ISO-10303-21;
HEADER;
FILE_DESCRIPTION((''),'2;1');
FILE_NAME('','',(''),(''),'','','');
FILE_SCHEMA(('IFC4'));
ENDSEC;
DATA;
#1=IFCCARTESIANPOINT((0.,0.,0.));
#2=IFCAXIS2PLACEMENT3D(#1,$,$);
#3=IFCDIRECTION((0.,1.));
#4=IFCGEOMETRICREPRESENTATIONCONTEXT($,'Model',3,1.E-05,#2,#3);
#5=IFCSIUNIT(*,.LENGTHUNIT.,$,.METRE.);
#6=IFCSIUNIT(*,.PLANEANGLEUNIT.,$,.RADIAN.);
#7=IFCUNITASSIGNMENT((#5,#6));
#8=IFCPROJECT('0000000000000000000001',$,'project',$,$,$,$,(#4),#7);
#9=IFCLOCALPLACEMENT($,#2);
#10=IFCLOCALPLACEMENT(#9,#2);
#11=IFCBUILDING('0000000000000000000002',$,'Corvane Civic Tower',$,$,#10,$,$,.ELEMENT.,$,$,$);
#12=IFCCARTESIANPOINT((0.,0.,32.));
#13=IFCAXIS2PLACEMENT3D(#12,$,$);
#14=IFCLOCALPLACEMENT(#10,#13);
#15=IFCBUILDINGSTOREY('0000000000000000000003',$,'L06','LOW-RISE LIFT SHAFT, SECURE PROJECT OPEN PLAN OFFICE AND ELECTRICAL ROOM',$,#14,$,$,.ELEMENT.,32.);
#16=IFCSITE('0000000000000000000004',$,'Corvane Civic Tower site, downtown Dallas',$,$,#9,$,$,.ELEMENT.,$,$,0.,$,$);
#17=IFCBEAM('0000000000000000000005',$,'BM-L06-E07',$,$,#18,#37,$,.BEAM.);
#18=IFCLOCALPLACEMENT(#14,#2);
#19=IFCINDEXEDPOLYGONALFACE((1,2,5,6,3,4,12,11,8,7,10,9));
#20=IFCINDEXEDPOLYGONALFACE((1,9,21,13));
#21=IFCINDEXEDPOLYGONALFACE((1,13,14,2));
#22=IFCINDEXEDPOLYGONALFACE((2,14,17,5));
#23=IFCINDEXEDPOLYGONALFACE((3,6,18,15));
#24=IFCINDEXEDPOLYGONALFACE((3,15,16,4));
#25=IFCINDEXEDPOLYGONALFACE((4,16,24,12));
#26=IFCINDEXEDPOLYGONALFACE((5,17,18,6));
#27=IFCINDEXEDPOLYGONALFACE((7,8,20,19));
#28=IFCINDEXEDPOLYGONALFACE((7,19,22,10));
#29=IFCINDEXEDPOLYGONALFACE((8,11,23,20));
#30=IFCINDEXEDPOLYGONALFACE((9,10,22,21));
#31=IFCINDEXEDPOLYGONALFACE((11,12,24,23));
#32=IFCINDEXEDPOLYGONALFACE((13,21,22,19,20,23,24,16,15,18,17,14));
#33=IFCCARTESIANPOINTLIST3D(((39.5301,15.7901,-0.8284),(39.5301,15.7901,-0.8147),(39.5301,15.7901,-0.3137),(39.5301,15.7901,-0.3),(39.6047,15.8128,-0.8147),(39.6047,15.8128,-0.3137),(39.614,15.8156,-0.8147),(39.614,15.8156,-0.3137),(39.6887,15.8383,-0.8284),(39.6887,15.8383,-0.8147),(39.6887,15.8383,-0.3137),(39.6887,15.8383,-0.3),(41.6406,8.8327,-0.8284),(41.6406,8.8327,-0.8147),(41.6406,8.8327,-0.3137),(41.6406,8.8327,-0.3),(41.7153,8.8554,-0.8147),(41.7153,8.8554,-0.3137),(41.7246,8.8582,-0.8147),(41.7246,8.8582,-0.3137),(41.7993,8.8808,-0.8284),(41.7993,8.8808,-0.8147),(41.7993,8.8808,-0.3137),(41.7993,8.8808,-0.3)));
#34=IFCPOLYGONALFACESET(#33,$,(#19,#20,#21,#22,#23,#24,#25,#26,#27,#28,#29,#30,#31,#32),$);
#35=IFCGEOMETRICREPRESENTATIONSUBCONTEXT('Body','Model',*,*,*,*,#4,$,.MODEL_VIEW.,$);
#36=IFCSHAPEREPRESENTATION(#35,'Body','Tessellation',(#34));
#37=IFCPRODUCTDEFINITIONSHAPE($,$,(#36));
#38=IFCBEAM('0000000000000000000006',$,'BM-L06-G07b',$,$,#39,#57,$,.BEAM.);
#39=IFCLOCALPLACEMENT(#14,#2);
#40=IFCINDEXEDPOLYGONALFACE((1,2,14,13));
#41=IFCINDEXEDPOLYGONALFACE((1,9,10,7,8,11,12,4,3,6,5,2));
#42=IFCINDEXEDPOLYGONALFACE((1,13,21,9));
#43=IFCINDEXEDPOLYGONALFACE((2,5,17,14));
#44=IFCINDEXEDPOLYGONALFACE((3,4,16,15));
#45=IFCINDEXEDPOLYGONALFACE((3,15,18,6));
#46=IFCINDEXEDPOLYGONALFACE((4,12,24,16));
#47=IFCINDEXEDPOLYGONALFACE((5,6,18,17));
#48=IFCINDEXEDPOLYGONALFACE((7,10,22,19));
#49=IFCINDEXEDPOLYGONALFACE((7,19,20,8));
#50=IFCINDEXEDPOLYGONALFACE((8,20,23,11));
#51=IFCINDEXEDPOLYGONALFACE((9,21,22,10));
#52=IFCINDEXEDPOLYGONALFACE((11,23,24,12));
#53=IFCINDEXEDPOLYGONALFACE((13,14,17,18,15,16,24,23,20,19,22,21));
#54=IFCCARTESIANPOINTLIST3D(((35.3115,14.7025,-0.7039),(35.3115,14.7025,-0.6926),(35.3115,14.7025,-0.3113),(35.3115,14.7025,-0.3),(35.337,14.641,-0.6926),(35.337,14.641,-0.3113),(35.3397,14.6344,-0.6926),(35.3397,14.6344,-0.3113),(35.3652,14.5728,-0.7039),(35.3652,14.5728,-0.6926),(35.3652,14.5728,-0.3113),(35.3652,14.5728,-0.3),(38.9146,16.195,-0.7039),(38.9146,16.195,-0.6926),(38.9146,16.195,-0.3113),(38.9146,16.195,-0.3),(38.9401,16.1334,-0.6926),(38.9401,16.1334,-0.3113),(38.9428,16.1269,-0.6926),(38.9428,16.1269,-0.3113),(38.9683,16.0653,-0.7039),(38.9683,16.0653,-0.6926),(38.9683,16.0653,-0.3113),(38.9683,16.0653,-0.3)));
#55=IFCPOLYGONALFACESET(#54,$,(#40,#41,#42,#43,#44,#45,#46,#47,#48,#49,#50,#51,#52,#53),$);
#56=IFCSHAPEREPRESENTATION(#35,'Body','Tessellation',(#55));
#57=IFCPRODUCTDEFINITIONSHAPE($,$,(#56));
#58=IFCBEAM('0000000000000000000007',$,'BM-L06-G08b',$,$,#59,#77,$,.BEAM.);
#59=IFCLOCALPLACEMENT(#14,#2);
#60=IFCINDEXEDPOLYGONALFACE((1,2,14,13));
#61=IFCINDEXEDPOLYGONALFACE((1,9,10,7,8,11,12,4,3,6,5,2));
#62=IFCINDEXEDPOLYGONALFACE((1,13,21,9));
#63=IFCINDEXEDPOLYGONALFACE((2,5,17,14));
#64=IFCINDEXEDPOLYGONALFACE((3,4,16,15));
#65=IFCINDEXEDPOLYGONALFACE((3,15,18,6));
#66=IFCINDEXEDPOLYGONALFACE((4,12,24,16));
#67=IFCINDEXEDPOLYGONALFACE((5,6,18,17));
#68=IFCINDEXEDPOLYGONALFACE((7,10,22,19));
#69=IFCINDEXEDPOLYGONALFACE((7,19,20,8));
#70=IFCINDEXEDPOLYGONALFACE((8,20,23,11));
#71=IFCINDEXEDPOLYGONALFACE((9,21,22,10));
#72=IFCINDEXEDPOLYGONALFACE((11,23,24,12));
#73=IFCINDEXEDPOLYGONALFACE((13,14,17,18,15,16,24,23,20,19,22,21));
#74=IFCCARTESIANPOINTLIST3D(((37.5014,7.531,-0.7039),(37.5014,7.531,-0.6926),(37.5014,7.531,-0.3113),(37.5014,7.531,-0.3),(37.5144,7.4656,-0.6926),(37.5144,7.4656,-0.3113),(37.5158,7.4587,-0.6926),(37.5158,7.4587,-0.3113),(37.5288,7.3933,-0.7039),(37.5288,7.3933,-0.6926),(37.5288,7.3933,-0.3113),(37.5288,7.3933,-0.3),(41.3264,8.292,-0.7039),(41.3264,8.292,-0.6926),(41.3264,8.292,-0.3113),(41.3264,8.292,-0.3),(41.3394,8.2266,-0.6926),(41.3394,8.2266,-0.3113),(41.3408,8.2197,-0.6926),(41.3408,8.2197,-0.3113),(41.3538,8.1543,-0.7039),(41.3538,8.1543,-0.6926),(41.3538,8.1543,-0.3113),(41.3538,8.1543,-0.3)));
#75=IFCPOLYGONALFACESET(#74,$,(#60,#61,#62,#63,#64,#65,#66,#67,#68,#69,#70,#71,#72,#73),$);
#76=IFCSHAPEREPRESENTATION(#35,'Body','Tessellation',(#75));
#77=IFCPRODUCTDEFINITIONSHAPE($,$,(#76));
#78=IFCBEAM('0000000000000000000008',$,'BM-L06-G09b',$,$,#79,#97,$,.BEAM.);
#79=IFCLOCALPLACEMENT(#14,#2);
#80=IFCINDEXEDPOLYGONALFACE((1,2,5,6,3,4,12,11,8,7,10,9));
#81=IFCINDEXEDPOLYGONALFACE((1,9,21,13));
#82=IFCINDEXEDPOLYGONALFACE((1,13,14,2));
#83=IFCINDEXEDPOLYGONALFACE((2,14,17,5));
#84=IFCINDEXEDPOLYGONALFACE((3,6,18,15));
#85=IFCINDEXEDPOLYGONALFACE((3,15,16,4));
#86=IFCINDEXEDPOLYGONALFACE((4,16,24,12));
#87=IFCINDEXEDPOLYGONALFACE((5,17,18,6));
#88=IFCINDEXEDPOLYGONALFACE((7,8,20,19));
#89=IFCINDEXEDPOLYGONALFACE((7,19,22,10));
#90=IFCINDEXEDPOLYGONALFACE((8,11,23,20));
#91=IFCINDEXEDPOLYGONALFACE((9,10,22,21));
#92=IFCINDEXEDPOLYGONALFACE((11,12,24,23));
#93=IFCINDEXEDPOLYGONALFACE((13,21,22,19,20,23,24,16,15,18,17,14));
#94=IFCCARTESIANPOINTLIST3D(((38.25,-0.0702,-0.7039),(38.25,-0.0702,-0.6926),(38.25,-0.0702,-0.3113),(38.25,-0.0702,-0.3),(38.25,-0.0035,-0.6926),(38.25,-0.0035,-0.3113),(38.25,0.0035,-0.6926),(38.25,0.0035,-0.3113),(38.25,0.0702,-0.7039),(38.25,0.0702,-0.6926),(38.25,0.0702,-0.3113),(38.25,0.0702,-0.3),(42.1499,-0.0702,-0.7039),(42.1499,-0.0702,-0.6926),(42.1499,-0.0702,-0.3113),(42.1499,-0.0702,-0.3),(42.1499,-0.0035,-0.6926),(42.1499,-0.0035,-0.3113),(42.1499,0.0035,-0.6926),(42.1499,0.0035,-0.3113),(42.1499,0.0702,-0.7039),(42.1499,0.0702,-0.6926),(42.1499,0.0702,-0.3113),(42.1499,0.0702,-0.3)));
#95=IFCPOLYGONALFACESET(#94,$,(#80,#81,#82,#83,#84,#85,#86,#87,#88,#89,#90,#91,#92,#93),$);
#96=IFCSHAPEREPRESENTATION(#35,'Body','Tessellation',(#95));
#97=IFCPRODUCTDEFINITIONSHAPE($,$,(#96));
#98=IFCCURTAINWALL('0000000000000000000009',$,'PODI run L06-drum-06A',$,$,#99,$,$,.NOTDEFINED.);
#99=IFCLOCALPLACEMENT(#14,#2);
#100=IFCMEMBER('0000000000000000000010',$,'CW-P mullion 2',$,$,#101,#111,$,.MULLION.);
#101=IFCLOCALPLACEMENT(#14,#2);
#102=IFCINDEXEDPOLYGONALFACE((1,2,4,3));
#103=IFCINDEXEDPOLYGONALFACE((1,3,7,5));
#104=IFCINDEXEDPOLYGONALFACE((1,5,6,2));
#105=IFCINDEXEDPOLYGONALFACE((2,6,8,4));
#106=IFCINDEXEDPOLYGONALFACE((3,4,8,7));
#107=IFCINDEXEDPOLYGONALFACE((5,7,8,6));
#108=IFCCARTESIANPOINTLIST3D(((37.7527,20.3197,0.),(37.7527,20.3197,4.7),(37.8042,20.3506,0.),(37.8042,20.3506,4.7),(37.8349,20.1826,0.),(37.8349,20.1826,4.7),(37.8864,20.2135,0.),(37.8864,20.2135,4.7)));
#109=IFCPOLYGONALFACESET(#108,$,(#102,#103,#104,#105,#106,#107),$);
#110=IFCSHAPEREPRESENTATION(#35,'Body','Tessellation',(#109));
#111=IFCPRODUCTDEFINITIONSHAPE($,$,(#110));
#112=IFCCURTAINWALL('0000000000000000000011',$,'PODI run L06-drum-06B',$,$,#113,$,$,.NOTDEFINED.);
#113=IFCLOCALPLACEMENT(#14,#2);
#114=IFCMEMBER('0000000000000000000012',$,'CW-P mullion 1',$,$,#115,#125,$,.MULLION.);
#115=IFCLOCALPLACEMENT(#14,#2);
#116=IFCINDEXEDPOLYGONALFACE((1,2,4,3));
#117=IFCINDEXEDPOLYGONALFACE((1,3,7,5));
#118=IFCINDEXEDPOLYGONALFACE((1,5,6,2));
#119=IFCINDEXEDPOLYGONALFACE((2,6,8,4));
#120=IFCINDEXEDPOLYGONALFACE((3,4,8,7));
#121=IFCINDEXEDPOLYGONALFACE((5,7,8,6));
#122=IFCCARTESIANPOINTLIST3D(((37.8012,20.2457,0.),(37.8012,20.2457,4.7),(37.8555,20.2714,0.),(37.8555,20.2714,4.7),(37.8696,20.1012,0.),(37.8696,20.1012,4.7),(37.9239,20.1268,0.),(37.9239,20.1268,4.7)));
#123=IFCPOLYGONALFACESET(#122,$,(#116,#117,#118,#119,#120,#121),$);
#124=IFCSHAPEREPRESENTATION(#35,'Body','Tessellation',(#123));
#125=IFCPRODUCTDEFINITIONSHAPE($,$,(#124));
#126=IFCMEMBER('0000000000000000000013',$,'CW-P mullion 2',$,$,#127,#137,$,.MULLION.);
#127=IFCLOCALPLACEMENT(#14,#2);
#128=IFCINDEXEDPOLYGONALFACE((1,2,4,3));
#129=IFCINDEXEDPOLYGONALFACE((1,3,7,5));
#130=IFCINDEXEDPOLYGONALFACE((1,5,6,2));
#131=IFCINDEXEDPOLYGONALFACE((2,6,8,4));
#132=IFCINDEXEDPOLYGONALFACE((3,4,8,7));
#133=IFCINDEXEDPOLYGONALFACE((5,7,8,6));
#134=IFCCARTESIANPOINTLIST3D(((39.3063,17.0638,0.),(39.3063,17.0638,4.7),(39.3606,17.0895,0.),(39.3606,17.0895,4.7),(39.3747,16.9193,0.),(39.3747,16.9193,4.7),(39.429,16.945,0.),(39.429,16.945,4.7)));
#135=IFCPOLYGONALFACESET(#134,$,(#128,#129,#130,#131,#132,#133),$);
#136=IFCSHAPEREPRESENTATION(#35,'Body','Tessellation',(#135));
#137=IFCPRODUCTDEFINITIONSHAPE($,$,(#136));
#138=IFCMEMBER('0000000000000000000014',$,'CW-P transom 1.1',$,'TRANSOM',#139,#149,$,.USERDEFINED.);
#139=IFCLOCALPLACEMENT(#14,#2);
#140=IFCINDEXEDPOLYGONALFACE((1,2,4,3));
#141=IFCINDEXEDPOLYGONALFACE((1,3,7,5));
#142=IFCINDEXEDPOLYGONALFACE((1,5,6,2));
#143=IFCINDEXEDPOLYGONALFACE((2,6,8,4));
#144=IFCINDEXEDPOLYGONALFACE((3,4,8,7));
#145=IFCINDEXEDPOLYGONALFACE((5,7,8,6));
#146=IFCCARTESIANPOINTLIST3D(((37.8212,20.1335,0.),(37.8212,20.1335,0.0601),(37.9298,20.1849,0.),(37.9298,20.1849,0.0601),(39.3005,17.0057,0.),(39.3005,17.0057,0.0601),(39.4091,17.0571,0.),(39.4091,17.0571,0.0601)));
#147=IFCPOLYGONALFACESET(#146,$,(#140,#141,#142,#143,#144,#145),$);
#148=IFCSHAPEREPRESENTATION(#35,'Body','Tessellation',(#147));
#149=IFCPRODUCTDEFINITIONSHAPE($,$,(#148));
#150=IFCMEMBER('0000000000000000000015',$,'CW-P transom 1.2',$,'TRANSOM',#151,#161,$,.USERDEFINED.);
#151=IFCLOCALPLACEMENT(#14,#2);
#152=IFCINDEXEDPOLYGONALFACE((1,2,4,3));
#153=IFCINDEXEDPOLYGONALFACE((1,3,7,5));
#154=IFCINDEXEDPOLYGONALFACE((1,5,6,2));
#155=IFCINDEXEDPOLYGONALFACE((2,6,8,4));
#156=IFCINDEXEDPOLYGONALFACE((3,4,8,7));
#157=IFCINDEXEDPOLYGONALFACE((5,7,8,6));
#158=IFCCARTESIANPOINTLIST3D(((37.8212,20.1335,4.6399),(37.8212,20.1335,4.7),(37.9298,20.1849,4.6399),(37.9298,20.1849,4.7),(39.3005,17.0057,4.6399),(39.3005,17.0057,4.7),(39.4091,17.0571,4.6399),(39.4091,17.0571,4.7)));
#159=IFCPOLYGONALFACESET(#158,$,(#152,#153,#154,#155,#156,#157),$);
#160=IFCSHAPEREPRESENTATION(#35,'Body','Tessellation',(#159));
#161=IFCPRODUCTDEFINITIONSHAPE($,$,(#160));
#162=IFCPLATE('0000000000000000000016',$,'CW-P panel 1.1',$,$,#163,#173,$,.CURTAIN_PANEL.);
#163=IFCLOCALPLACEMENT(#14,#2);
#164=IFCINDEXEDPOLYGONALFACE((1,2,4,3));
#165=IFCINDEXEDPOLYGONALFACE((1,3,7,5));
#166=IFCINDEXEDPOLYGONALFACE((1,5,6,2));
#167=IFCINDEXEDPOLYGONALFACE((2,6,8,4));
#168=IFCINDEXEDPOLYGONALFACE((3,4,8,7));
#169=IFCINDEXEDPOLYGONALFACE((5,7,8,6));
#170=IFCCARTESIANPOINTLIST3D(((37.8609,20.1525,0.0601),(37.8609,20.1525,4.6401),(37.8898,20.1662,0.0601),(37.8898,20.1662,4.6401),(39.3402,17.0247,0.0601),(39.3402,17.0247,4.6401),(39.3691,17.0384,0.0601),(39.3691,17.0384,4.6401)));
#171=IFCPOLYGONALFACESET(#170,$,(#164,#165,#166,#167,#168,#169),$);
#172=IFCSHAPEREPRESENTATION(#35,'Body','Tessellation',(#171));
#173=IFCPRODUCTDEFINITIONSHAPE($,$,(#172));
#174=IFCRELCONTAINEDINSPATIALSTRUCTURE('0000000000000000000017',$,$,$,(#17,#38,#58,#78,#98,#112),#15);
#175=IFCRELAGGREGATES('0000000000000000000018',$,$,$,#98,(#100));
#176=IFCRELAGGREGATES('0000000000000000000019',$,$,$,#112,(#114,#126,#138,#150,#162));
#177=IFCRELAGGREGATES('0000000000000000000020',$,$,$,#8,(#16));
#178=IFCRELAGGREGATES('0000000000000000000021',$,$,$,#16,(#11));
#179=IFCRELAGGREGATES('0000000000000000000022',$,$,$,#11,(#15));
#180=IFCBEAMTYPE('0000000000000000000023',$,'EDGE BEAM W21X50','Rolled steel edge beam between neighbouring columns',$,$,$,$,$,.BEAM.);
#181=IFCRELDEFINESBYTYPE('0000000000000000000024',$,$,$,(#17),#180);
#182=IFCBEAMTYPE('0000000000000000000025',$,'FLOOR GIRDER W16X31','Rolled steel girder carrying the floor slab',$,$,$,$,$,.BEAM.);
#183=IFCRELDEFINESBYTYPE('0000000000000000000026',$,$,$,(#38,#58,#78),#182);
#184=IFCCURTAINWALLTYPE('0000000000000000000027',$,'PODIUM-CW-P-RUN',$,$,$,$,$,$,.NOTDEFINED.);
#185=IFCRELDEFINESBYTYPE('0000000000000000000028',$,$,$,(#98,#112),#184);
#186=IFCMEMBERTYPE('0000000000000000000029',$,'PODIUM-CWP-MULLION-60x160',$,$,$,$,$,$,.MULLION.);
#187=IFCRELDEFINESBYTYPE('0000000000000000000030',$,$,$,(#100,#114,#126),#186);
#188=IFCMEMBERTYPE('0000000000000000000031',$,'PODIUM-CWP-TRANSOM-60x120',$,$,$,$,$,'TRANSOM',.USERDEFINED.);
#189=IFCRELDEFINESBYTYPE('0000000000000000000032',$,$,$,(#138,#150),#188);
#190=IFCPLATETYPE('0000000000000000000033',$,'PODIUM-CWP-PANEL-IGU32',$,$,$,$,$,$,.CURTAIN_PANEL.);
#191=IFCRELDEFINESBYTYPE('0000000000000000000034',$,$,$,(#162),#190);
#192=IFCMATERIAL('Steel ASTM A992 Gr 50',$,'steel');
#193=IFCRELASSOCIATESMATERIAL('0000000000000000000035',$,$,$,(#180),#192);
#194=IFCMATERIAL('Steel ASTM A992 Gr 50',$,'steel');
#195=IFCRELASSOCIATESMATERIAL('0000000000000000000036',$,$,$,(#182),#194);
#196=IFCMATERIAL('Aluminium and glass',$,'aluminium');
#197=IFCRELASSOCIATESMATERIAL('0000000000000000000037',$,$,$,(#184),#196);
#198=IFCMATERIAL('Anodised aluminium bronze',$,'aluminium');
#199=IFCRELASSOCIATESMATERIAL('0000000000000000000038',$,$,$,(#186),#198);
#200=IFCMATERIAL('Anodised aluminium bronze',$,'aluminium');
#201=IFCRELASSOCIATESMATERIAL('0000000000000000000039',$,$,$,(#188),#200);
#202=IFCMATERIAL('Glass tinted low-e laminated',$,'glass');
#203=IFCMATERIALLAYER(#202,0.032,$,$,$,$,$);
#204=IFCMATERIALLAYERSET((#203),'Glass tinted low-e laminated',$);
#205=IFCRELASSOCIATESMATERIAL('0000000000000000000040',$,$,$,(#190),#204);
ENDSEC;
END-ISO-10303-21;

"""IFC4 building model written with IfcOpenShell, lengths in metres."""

from ifc_helpers import new_model, si_unit, direction, frame, origin, origin_2d, place, context, subcontext, project, spatial, rectangle, i_section, extrude, material, layer, layer_set, material_profile, profile_set, type_object, element, aggregate, save


model = new_model("IFC4")

# Units and contexts
model_context = context("Model", 3, precision=1e-05, world=origin(), true_north=direction((0.0, 1.0)))
body_context = subcontext(model_context, "Body", "Model", "MODEL_VIEW")
ifc_project = project(units=[si_unit("LENGTHUNIT", "METRE"), si_unit("PLANEANGLEUNIT", "RADIAN")], contexts=[model_context])

# Site, building, storey
site_placement = place(None, origin())
site = spatial("IfcSite", under=ifc_project, at=site_placement, Name="Corvane Civic Tower site, downtown Dallas", CompositionType="ELEMENT", RefElevation=0.0)
building_placement = place(site_placement, origin())
building = spatial("IfcBuilding", under=site, at=building_placement, Name="Corvane Civic Tower", CompositionType="ELEMENT")
storey_placement = place(building_placement, frame((0.0, 0.0, 32.0)))
storey = spatial("IfcBuildingStorey", under=building, at=storey_placement, Name="L06", Description="LOW-RISE LIFT SHAFT, SECURE PROJECT OPEN PLAN OFFICE AND ELECTRICAL ROOM", CompositionType="ELEMENT", Elevation=32.0)

# Beams
ifc_material_1 = material(Name="Steel ASTM A992 Gr 50", Category="steel")
ifc_material_profile_1 = material_profile(ifc_material_1, i_section(OverallWidth=0.1658, OverallDepth=0.5283, WebThickness=0.0098, FlangeThickness=0.0137, at=origin_2d()), Name="W21X50")
ifc_profile_set_1 = profile_set([ifc_material_profile_1], Name="Steel ASTM A992 Gr 50")
beam_type_1 = type_object("IfcBeamType", Name="EDGE BEAM W21X50", Description="Rolled steel edge beam between neighbouring columns", PredefinedType="BEAM", material=ifc_profile_set_1)
beam_placement = place(storey_placement, frame((39.6094, 15.8142, -0.5642), z_axis=(0.290292, -0.956938, 0.0), x_axis=(0.956938, 0.290292, 0.0)))
element("IfcBeam", 1, at=beam_placement, inside=storey, type_object=beam_type_1, Name="BM-L06-E07", PredefinedType="BEAM", context=body_context, shape_type="SweptSolid", body=[
    extrude(i_section(OverallWidth=0.1658, OverallDepth=0.5283, WebThickness=0.0098, FlangeThickness=0.0137, at=origin_2d()), origin(), (0.0, 0.0, 1.0), 7.2705),
])
ifc_material_2 = material(Name="Steel ASTM A992 Gr 50", Category="steel")
ifc_material_profile_2 = material_profile(ifc_material_2, i_section(OverallWidth=0.1404, OverallDepth=0.4038, WebThickness=0.0071, FlangeThickness=0.0112, at=origin_2d()), Name="W16X31")
ifc_profile_set_2 = profile_set([ifc_material_profile_2], Name="Steel ASTM A992 Gr 50")
beam_type_2 = type_object("IfcBeamType", Name="FLOOR GIRDER W16X31", Description="Rolled steel girder carrying the floor slab", PredefinedType="BEAM", material=ifc_profile_set_2)
for number, where, z_axis, x_axis, name in (
    (2, (35.3384, 14.6377, -0.502), (0.923879, 0.382685, 0.0), (-0.382685, 0.923879, 0.0), "BM-L06-G07b"),
    (3, (37.5151, 7.4622, -0.502), (0.980778, 0.195129, 0.0), (-0.195129, 0.980778, 0.0), "BM-L06-G08b"),
    (4, (38.25, 0.0, -0.502), (1.0, 0.0, 0.0), (0.0, 1.0, 0.0), "BM-L06-G09b"),
):
    element("IfcBeam", number, at=place(storey_placement, frame(where, z_axis=z_axis, x_axis=x_axis)), inside=storey, type_object=beam_type_2, Name=name, PredefinedType="BEAM", context=body_context, shape_type="SweptSolid", body=[
        extrude(i_section(OverallWidth=0.1404, OverallDepth=0.4038, WebThickness=0.0071, FlangeThickness=0.0112, at=origin_2d()), origin(), (0.0, 0.0, 1.0), 3.8999),
    ])

# Curtain wall, member
ifc_material_3 = material(Name="Aluminium and glass", Category="aluminium")
curtain_wall_type = type_object("IfcCurtainWallType", Name="PODIUM-CW-P-RUN", PredefinedType="NOTDEFINED", material=ifc_material_3)
curtain_wall_1_placement = place(storey_placement, origin())
curtain_wall_1 = element("IfcCurtainWall", 5, at=curtain_wall_1_placement, inside=storey, type_object=curtain_wall_type, Name="PODI run L06-drum-06A", PredefinedType="NOTDEFINED")
ifc_material_4 = material(Name="Anodised aluminium bronze", Category="aluminium")
ifc_material_profile_3 = material_profile(ifc_material_4, rectangle(XDim=0.0601, YDim=0.1599, at=origin_2d()), Name="AL 60x160")
ifc_profile_set_3 = profile_set([ifc_material_profile_3], Name="Anodised aluminium bronze")
member_type_1 = type_object("IfcMemberType", Name="PODIUM-CWP-MULLION-60x160", PredefinedType="MULLION", material=ifc_profile_set_3)
member_1_placement = place(storey_placement, frame((37.8196, 20.2666, 0.0), z_axis=(0.0, 0.0, 1.0), x_axis=(0.85772, 0.514118, 0.0)))
member_1 = element("IfcMember", 6, at=member_1_placement, type_object=member_type_1, Name="CW-P mullion 2", PredefinedType="MULLION", context=body_context, shape_type="SweptSolid", body=[
    extrude(rectangle(XDim=0.0601, YDim=0.1599, at=origin_2d()), origin(), (0.0, 0.0, 1.0), 4.7),
])
aggregate(curtain_wall_1, [member_1])

# Curtain wall, members, plate
curtain_wall_2_placement = place(storey_placement, origin())
curtain_wall_2 = element("IfcCurtainWall", 7, at=curtain_wall_2_placement, inside=storey, type_object=curtain_wall_type, Name="PODI run L06-drum-06B", PredefinedType="NOTDEFINED")
member_2_placement = place(storey_placement, frame((37.8625, 20.1863, 0.0), z_axis=(0.0, 0.0, 1.0), x_axis=(0.90399, 0.427553, 0.0)))
member_2 = element("IfcMember", 8, at=member_2_placement, type_object=member_type_1, Name="CW-P mullion 1", PredefinedType="MULLION", context=body_context, shape_type="SweptSolid", body=[
    extrude(rectangle(XDim=0.0601, YDim=0.1599, at=origin_2d()), origin(), (0.0, 0.0, 1.0), 4.7),
])
member_3_placement = place(storey_placement, frame((39.3677, 17.0044, 0.0), z_axis=(0.0, 0.0, 1.0), x_axis=(0.90399, 0.427553, 0.0)))
member_3 = element("IfcMember", 9, at=member_3_placement, type_object=member_type_1, Name="CW-P mullion 2", PredefinedType="MULLION", context=body_context, shape_type="SweptSolid", body=[
    extrude(rectangle(XDim=0.0601, YDim=0.1599, at=origin_2d()), origin(), (0.0, 0.0, 1.0), 4.7),
])
ifc_material_5 = material(Name="Anodised aluminium bronze", Category="aluminium")
ifc_material_profile_4 = material_profile(ifc_material_5, rectangle(XDim=0.1201, YDim=0.0601, at=origin_2d()), Name="AL 120x60")
ifc_profile_set_4 = profile_set([ifc_material_profile_4], Name="Anodised aluminium bronze")
member_type_2 = type_object("IfcMemberType", Name="PODIUM-CWP-TRANSOM-60x120", ElementType="TRANSOM", PredefinedType="USERDEFINED", material=ifc_profile_set_4)
member_4_placement = place(storey_placement, frame((37.8755, 20.1592, 0.03), z_axis=(0.427546, -0.903993, 0.0), x_axis=(0.903993, 0.427546, 0.0)))
member_4 = element("IfcMember", 10, at=member_4_placement, type_object=member_type_2, Name="CW-P transom 1.1", ObjectType="TRANSOM", PredefinedType="USERDEFINED", context=body_context, shape_type="SweptSolid", body=[
    extrude(rectangle(XDim=0.1201, YDim=0.0601, at=origin_2d()), origin(), (0.0, 0.0, 1.0), 3.46),
])
member_5_placement = place(storey_placement, frame((37.8755, 20.1592, 4.6699), z_axis=(0.427546, -0.903993, 0.0), x_axis=(0.903993, 0.427546, 0.0)))
member_5 = element("IfcMember", 11, at=member_5_placement, type_object=member_type_2, Name="CW-P transom 1.2", ObjectType="TRANSOM", PredefinedType="USERDEFINED", context=body_context, shape_type="SweptSolid", body=[
    extrude(rectangle(XDim=0.1201, YDim=0.0601, at=origin_2d()), origin(), (0.0, 0.0, 1.0), 3.46),
])
ifc_material_6 = material(Name="Glass tinted low-e laminated", Category="glass")
ifc_layer_1 = layer(ifc_material_6, 0.032)
ifc_layer_set_1 = layer_set([ifc_layer_1], Name="Glass tinted low-e laminated")
plate_type = type_object("IfcPlateType", Name="PODIUM-CWP-PANEL-IGU32", PredefinedType="CURTAIN_PANEL", material=ifc_layer_set_1)
plate_placement = place(storey_placement, frame((38.615, 18.5955, 0.0601), z_axis=(0.0, 0.0, 1.0), x_axis=(0.427553, -0.90399, 0.0)))
plate = element("IfcPlate", 12, at=plate_placement, type_object=plate_type, Name="CW-P panel 1.1", PredefinedType="CURTAIN_PANEL", context=body_context, shape_type="SweptSolid", body=[
    extrude(rectangle(XDim=3.46, YDim=0.032, at=origin_2d()), origin(), (0.0, 0.0, 1.0), 4.5801),
])
aggregate(curtain_wall_2, [member_2, member_3, member_4, member_5, plate])

save(model, "model.ifc")
